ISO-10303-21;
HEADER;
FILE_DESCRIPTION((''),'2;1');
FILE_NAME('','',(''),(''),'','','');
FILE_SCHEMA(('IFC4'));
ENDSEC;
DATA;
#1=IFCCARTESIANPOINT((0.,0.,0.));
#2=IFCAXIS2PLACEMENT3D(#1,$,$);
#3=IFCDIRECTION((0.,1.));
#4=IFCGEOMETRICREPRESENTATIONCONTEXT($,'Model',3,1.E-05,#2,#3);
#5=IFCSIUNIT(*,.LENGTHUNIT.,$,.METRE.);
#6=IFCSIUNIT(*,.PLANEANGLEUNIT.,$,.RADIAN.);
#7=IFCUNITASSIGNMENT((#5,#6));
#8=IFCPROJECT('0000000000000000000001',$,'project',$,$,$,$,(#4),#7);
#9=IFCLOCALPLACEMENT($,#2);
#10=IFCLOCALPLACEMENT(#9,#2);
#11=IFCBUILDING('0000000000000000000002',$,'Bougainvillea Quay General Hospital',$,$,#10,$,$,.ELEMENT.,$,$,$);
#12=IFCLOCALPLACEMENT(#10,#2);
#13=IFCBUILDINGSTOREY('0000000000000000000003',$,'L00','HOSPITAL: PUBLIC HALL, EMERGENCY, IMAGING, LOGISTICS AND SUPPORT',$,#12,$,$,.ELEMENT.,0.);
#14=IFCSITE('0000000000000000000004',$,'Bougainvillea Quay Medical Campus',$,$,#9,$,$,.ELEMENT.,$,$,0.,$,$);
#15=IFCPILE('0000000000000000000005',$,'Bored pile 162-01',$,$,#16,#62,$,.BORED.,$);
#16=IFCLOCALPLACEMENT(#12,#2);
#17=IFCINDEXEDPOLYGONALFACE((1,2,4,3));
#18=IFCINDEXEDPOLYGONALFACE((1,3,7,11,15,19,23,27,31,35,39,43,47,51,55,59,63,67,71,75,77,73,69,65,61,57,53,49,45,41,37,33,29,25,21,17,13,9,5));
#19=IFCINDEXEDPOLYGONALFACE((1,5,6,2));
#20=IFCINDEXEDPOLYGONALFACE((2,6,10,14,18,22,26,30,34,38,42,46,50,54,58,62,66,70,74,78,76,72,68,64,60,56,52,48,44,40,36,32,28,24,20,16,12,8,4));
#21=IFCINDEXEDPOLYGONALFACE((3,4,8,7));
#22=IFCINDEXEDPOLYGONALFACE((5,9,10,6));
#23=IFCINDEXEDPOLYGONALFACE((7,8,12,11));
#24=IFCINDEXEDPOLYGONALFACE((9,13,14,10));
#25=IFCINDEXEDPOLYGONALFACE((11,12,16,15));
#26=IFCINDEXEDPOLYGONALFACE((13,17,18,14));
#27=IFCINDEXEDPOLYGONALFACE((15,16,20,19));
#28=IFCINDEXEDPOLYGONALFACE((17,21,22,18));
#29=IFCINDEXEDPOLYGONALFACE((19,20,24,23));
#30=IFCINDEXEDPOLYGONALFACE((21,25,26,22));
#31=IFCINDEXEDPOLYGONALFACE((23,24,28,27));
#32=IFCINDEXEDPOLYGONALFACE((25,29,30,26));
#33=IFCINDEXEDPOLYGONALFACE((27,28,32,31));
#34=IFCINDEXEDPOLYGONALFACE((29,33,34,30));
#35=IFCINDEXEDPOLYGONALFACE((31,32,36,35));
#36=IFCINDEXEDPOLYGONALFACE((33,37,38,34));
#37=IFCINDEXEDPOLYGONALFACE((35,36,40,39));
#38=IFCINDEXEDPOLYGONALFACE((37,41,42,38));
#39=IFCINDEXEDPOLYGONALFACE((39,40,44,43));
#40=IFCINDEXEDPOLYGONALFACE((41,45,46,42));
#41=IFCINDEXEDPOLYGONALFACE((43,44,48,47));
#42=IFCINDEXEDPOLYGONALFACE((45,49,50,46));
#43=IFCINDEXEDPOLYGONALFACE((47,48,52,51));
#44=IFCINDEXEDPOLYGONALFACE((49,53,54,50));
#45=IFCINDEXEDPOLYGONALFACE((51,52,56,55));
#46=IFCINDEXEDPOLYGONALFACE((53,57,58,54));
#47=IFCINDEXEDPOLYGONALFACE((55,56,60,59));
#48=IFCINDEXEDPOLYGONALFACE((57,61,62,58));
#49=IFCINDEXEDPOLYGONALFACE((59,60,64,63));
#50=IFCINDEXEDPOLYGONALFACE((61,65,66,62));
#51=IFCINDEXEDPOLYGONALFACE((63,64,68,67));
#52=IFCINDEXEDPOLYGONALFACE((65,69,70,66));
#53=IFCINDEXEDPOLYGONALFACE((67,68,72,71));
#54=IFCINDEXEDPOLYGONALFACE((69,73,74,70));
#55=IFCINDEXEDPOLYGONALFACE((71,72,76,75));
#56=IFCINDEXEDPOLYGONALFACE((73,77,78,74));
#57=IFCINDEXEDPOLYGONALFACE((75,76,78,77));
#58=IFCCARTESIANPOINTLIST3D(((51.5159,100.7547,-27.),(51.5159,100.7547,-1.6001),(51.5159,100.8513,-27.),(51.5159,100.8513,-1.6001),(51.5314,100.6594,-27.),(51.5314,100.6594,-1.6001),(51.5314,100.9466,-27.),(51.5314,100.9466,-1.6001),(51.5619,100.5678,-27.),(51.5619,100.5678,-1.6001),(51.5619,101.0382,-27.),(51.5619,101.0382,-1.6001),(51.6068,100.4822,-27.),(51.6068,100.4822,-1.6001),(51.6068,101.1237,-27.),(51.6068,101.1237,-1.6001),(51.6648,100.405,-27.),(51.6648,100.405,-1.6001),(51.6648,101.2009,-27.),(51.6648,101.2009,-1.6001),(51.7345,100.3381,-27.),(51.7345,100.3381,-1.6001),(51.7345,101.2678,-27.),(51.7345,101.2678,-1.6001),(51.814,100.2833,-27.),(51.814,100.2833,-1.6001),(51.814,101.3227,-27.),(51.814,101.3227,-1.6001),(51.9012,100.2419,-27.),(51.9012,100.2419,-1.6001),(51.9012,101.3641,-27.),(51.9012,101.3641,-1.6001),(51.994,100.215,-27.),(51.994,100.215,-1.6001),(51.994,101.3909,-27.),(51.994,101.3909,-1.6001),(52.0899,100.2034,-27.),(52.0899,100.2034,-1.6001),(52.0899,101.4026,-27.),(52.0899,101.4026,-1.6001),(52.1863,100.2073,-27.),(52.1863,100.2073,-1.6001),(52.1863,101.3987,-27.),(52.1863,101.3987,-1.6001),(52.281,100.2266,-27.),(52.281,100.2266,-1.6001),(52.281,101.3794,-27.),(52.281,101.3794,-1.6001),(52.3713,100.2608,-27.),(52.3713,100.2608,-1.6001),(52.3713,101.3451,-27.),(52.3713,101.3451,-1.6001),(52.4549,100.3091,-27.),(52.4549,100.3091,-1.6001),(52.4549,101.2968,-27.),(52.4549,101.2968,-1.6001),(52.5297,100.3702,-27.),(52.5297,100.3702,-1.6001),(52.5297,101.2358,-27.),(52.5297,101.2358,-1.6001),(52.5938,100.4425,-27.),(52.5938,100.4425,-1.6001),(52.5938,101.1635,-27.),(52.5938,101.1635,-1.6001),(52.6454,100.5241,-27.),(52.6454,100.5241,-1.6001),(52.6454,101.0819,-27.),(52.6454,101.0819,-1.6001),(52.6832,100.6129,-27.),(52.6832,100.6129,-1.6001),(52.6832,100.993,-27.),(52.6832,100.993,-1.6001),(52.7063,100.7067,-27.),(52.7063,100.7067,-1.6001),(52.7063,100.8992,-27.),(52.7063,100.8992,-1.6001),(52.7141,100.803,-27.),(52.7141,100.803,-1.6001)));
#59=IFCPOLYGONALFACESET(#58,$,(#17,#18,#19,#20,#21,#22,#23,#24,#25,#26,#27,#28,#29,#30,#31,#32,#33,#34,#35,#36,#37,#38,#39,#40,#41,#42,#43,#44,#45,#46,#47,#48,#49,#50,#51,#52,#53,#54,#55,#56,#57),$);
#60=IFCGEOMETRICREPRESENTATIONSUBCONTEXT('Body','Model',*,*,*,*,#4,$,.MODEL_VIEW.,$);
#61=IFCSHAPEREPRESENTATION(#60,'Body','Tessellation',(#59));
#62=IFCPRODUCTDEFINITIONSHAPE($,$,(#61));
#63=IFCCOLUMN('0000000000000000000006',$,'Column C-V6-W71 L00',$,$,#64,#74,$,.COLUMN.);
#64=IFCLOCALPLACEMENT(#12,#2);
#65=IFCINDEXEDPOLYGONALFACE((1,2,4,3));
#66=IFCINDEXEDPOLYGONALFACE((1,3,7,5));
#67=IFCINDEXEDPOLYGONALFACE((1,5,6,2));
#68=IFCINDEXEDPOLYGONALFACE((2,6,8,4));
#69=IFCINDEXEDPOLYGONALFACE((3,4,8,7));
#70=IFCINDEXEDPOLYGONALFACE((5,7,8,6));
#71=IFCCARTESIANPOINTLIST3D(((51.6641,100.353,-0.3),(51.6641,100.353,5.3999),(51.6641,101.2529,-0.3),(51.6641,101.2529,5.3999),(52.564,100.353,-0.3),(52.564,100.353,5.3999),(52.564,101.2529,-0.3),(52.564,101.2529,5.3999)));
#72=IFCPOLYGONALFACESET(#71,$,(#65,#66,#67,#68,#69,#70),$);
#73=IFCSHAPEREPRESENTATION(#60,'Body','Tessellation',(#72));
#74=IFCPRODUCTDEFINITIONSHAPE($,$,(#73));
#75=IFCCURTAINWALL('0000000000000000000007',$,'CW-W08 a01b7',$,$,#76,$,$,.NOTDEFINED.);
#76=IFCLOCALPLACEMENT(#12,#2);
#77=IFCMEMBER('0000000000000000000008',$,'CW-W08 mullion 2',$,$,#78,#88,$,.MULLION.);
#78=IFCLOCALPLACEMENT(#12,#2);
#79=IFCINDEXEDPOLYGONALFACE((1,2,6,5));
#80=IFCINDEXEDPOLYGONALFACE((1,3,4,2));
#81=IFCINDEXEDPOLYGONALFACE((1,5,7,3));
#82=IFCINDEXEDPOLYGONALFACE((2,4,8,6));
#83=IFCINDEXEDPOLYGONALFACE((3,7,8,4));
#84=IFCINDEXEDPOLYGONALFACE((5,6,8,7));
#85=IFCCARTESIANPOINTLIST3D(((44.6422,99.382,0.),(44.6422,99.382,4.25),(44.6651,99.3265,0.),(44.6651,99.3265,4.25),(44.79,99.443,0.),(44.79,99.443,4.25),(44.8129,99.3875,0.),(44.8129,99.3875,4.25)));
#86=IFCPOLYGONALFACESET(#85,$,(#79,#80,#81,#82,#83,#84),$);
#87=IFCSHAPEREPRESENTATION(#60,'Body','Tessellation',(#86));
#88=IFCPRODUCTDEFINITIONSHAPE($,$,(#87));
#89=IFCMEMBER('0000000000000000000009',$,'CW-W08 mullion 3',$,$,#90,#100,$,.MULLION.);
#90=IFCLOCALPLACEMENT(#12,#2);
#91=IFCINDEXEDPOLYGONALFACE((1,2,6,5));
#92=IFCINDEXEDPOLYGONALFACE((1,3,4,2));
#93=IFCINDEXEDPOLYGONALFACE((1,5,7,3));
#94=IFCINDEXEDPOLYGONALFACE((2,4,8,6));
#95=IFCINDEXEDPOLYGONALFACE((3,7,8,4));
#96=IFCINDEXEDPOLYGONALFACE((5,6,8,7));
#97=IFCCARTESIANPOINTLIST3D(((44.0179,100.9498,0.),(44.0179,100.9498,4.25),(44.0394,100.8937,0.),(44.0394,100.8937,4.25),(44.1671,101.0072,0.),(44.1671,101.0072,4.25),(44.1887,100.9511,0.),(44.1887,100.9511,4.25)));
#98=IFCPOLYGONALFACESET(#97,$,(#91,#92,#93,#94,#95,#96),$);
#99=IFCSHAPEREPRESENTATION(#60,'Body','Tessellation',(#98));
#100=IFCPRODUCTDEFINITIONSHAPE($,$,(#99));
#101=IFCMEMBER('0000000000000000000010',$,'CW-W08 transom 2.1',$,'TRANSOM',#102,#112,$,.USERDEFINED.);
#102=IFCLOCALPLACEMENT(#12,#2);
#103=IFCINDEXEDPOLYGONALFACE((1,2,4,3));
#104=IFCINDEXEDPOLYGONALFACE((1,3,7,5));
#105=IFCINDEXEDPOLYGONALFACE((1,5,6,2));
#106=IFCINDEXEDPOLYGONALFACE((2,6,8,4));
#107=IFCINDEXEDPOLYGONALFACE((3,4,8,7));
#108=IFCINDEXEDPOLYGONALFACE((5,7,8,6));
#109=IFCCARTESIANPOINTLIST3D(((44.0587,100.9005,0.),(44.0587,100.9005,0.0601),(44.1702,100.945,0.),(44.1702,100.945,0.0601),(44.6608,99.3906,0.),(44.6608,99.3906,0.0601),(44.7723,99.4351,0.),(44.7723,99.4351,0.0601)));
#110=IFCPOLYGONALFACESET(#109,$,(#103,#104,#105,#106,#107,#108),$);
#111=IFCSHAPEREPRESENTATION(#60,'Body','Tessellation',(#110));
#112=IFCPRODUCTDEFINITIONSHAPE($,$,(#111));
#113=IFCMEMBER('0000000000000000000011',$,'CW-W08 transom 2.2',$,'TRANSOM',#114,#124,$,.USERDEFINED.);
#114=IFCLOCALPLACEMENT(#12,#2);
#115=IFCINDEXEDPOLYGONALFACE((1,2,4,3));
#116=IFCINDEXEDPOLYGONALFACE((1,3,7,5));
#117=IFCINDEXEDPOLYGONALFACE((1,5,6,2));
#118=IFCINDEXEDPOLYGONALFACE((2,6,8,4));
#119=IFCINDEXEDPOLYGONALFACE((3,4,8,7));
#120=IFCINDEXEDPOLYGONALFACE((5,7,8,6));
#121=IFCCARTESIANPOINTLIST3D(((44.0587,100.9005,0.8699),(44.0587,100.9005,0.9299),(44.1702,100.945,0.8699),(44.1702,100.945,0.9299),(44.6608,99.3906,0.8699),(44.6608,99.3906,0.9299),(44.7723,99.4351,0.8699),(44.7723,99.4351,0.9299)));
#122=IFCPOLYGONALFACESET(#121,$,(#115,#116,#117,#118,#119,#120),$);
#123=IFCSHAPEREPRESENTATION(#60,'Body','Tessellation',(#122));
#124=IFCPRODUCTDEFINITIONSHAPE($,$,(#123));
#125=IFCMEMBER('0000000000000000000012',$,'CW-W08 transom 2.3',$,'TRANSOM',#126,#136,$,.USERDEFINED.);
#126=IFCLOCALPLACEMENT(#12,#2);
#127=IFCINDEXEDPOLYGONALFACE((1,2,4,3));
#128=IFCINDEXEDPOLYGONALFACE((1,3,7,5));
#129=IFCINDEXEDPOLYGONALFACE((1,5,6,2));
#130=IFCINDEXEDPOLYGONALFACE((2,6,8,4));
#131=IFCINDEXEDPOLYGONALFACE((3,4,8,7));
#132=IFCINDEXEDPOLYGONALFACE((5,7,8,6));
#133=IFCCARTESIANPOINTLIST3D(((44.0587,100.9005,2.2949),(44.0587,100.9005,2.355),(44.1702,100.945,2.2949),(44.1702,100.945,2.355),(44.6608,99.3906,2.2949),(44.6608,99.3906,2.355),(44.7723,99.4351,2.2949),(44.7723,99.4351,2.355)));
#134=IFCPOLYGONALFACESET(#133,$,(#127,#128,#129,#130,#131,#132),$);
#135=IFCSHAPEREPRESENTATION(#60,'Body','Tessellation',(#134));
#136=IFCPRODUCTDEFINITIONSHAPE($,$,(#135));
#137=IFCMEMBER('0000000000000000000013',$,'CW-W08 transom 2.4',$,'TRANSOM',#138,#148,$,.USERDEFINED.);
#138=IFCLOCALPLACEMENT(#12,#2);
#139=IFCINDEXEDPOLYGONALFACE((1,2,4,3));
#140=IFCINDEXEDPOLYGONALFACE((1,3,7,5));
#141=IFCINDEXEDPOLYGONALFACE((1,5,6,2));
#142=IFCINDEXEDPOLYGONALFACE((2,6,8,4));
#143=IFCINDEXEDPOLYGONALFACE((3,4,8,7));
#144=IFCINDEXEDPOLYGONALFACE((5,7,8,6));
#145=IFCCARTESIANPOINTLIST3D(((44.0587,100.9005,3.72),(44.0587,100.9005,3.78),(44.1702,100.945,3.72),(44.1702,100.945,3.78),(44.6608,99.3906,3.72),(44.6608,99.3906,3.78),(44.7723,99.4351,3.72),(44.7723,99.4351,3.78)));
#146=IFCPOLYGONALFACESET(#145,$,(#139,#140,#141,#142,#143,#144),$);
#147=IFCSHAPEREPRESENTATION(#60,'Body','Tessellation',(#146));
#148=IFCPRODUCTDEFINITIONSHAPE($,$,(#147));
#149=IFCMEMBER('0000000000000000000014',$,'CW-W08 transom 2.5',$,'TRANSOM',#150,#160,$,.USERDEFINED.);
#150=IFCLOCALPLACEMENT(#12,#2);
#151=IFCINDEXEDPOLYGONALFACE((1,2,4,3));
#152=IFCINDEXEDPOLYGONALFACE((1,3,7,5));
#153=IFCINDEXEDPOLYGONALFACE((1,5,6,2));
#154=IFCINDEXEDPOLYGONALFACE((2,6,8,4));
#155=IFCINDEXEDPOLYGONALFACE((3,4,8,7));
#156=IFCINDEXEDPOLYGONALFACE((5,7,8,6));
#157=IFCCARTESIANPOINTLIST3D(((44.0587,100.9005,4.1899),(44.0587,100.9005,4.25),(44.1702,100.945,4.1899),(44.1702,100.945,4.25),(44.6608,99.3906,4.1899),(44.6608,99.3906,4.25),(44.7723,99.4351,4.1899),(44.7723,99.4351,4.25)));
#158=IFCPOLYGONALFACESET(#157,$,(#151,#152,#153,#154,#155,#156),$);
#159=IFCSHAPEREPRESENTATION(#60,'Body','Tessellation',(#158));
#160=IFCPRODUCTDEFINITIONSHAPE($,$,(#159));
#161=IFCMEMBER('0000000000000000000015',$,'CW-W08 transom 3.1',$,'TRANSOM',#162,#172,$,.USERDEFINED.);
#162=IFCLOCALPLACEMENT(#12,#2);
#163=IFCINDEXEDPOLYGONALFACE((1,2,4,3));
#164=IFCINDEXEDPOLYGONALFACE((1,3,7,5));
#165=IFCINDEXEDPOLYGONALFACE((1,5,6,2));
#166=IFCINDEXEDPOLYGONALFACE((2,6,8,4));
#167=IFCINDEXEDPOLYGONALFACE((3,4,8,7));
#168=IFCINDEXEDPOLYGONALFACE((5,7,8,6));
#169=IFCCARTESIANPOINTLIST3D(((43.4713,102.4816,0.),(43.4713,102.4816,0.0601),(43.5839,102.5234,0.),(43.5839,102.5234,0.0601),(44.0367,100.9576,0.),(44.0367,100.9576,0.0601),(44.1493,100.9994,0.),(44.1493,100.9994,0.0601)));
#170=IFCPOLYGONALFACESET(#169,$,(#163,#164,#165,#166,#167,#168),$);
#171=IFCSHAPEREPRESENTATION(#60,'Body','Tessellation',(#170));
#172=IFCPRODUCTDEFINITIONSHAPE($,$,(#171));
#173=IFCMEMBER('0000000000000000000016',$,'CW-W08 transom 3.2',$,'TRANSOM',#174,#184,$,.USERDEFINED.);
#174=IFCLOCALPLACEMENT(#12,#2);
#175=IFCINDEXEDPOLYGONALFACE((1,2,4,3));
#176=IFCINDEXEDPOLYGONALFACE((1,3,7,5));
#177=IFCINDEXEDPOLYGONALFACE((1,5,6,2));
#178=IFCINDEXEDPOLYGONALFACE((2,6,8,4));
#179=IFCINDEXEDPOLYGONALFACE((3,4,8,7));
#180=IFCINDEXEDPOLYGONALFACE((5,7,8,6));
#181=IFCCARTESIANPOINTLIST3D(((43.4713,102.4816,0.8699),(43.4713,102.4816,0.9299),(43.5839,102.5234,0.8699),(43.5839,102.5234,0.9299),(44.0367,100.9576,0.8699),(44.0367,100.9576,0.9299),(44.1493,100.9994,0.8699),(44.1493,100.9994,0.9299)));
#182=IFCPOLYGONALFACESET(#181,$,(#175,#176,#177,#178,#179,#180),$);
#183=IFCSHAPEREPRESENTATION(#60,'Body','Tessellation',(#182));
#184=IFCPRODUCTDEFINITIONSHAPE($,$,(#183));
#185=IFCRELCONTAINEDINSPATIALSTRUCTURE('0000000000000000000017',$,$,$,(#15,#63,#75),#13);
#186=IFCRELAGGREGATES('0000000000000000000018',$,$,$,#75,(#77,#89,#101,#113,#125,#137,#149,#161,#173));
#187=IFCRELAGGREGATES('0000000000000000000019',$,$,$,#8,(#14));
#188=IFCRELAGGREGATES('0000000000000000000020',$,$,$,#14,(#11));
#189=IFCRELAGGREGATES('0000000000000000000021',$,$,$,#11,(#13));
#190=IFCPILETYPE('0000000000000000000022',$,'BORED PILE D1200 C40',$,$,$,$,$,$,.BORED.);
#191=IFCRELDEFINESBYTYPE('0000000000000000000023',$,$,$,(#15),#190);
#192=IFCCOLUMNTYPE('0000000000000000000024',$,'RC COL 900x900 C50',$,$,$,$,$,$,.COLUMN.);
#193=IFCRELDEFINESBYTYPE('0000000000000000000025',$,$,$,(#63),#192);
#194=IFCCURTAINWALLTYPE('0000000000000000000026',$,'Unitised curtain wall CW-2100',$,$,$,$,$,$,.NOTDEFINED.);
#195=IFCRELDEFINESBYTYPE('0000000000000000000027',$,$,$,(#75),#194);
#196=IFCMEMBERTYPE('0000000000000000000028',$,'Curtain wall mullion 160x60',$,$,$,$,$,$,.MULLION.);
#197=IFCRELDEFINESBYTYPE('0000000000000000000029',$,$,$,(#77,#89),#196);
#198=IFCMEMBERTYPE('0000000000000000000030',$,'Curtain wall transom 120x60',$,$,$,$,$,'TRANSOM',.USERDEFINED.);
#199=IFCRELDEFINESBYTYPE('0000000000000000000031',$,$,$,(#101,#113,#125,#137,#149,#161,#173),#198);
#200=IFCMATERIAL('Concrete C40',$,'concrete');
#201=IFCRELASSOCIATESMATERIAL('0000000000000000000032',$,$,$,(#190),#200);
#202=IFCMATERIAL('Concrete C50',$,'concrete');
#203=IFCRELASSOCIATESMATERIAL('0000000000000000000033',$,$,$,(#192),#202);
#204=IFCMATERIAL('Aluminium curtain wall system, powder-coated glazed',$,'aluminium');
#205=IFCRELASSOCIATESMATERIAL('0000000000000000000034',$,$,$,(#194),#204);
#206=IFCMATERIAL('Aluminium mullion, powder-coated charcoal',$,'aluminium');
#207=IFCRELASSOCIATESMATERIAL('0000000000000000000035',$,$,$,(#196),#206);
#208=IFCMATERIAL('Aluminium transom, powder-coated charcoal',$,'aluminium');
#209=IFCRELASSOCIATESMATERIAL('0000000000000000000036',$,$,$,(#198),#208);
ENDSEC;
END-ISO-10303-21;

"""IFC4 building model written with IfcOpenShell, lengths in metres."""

from ifc_helpers import new_model, si_unit, direction, frame, origin, origin_2d, place, context, subcontext, project, spatial, rectangle, circle, extrude, material, material_profile, profile_set, type_object, element, aggregate, save


model = new_model("IFC4")

# Units and contexts
model_context = context("Model", 3, precision=1e-05, world=origin(), true_north=direction((0.0, 1.0)))
body_context = subcontext(model_context, "Body", "Model", "MODEL_VIEW")
ifc_project = project(units=[si_unit("LENGTHUNIT", "METRE"), si_unit("PLANEANGLEUNIT", "RADIAN")], contexts=[model_context])

# Site, building, storey
site_placement = place(None, origin())
site = spatial("IfcSite", under=ifc_project, at=site_placement, Name="Bougainvillea Quay Medical Campus", CompositionType="ELEMENT", RefElevation=0.0)
building_placement = place(site_placement, origin())
building = spatial("IfcBuilding", under=site, at=building_placement, Name="Bougainvillea Quay General Hospital", CompositionType="ELEMENT")
storey_placement = place(building_placement, origin())
storey = spatial("IfcBuildingStorey", under=building, at=storey_placement, Name="L00", Description="HOSPITAL: PUBLIC HALL, EMERGENCY, IMAGING, LOGISTICS AND SUPPORT", CompositionType="ELEMENT", Elevation=0.0)

# Pile
ifc_material_1 = material(Name="Concrete C40", Category="concrete")
ifc_material_profile_1 = material_profile(ifc_material_1, circle(Radius=0.6001, at=origin_2d()))
ifc_profile_set_1 = profile_set([ifc_material_profile_1], Name="Concrete C40")
pile_type = type_object("IfcPileType", Name="BORED PILE D1200 C40", PredefinedType="BORED", material=ifc_profile_set_1)
pile_placement = place(storey_placement, frame((52.114, 100.803, -1.6001), z_axis=(0.0, 0.0, -1.0), x_axis=(1.0, 0.0, 0.0)))
element("IfcPile", 1, at=pile_placement, inside=storey, type_object=pile_type, Name="Bored pile 162-01", PredefinedType="BORED", context=body_context, shape_type="SweptSolid", body=[
    extrude(circle(Radius=0.6001, at=origin_2d()), origin(), (0.0, 0.0, 1.0), 25.3999),
])

# Column
ifc_material_2 = material(Name="Concrete C50", Category="concrete")
ifc_material_profile_2 = material_profile(ifc_material_2, rectangle(XDim=0.8999, YDim=0.8999, at=origin_2d()))
ifc_profile_set_2 = profile_set([ifc_material_profile_2], Name="Concrete C50")
column_type = type_object("IfcColumnType", Name="RC COL 900x900 C50", PredefinedType="COLUMN", material=ifc_profile_set_2)
column_placement = place(storey_placement, frame((52.114, 100.803, -0.3), z_axis=(0.0, 0.0, 1.0), x_axis=(1.0, 0.0, 0.0)))
element("IfcColumn", 2, at=column_placement, inside=storey, type_object=column_type, Name="Column C-V6-W71 L00", PredefinedType="COLUMN", context=body_context, shape_type="SweptSolid", body=[
    extrude(rectangle(XDim=0.8999, YDim=0.8999, at=origin_2d()), origin(), (0.0, 0.0, 1.0), 5.7),
])

# Curtain wall, members
ifc_material_3 = material(Name="Aluminium curtain wall system, powder-coated glazed", Category="aluminium")
curtain_wall_type = type_object("IfcCurtainWallType", Name="Unitised curtain wall CW-2100", PredefinedType="NOTDEFINED", material=ifc_material_3)
curtain_wall_placement = place(storey_placement, origin())
curtain_wall = element("IfcCurtainWall", 3, at=curtain_wall_placement, inside=storey, type_object=curtain_wall_type, Name="CW-W08 a01b7", PredefinedType="NOTDEFINED")
ifc_material_4 = material(Name="Aluminium mullion, powder-coated charcoal", Category="aluminium")
ifc_material_profile_3 = material_profile(ifc_material_4, rectangle(XDim=0.1599, YDim=0.0601, at=origin_2d()))
ifc_profile_set_3 = profile_set([ifc_material_profile_3], Name="Aluminium mullion, powder-coated charcoal")
member_type_1 = type_object("IfcMemberType", Name="Curtain wall mullion 160x60", PredefinedType="MULLION", material=ifc_profile_set_3)
member_1_placement = place(storey_placement, frame((44.7275, 99.3848, 0.0), z_axis=(0.0, 0.0, 1.0), x_axis=(-0.924336, -0.381579, 0.0)))
member_1 = element("IfcMember", 4, at=member_1_placement, type_object=member_type_1, Name="CW-W08 mullion 2", PredefinedType="MULLION", context=body_context, shape_type="SweptSolid", body=[
    extrude(rectangle(XDim=0.1599, YDim=0.0601, at=origin_2d()), origin(), (0.0, 0.0, 1.0), 4.25),
])
member_2_placement = place(storey_placement, frame((44.1033, 100.9504, 0.0), z_axis=(0.0, 0.0, 1.0), x_axis=(-0.933286, -0.359135, 0.0)))
member_2 = element("IfcMember", 5, at=member_2_placement, type_object=member_type_1, Name="CW-W08 mullion 3", PredefinedType="MULLION", context=body_context, shape_type="SweptSolid", body=[
    extrude(rectangle(XDim=0.1599, YDim=0.0601, at=origin_2d()), origin(), (0.0, 0.0, 1.0), 4.25),
])
ifc_material_5 = material(Name="Aluminium transom, powder-coated charcoal", Category="aluminium")
ifc_material_profile_4 = material_profile(ifc_material_5, rectangle(XDim=0.1201, YDim=0.0601, at=origin_2d()))
ifc_profile_set_4 = profile_set([ifc_material_profile_4], Name="Aluminium transom, powder-coated charcoal")
member_type_2 = type_object("IfcMemberType", Name="Curtain wall transom 120x60", ElementType="TRANSOM", PredefinedType="USERDEFINED", material=ifc_profile_set_4)
member_3_placement = place(storey_placement, frame((44.7166, 99.4128, 0.03), z_axis=(-0.370406, 0.92887, 0.0), x_axis=(-0.92887, -0.370406, 0.0)))
member_3 = element("IfcMember", 6, at=member_3_placement, type_object=member_type_2, Name="CW-W08 transom 2.1", ObjectType="TRANSOM", PredefinedType="USERDEFINED", context=body_context, shape_type="SweptSolid", body=[
    extrude(rectangle(XDim=0.1201, YDim=0.0601, at=origin_2d()), origin(), (0.0, 0.0, 1.0), 1.6255),
])
member_4_placement = place(storey_placement, frame((44.7166, 99.4128, 0.8999), z_axis=(-0.370406, 0.92887, 0.0), x_axis=(-0.92887, -0.370406, 0.0)))
member_4 = element("IfcMember", 7, at=member_4_placement, type_object=member_type_2, Name="CW-W08 transom 2.2", ObjectType="TRANSOM", PredefinedType="USERDEFINED", context=body_context, shape_type="SweptSolid", body=[
    extrude(rectangle(XDim=0.1201, YDim=0.0601, at=origin_2d()), origin(), (0.0, 0.0, 1.0), 1.6255),
])
member_5_placement = place(storey_placement, frame((44.7166, 99.4128, 2.325), z_axis=(-0.370406, 0.92887, 0.0), x_axis=(-0.92887, -0.370406, 0.0)))
member_5 = element("IfcMember", 8, at=member_5_placement, type_object=member_type_2, Name="CW-W08 transom 2.3", ObjectType="TRANSOM", PredefinedType="USERDEFINED", context=body_context, shape_type="SweptSolid", body=[
    extrude(rectangle(XDim=0.1201, YDim=0.0601, at=origin_2d()), origin(), (0.0, 0.0, 1.0), 1.6255),
])
member_6_placement = place(storey_placement, frame((44.7166, 99.4128, 3.75), z_axis=(-0.370406, 0.92887, 0.0), x_axis=(-0.92887, -0.370406, 0.0)))
member_6 = element("IfcMember", 9, at=member_6_placement, type_object=member_type_2, Name="CW-W08 transom 2.4", ObjectType="TRANSOM", PredefinedType="USERDEFINED", context=body_context, shape_type="SweptSolid", body=[
    extrude(rectangle(XDim=0.1201, YDim=0.0601, at=origin_2d()), origin(), (0.0, 0.0, 1.0), 1.6255),
])
member_7_placement = place(storey_placement, frame((44.7166, 99.4128, 4.22), z_axis=(-0.370406, 0.92887, 0.0), x_axis=(-0.92887, -0.370406, 0.0)))
member_7 = element("IfcMember", 10, at=member_7_placement, type_object=member_type_2, Name="CW-W08 transom 2.5", ObjectType="TRANSOM", PredefinedType="USERDEFINED", context=body_context, shape_type="SweptSolid", body=[
    extrude(rectangle(XDim=0.1201, YDim=0.0601, at=origin_2d()), origin(), (0.0, 0.0, 1.0), 1.6255),
])
member_8_placement = place(storey_placement, frame((44.093, 100.9785, 0.03), z_axis=(-0.347862, 0.937546, 0.0), x_axis=(-0.937546, -0.347862, 0.0)))
member_8 = element("IfcMember", 11, at=member_8_placement, type_object=member_type_2, Name="CW-W08 transom 3.1", ObjectType="TRANSOM", PredefinedType="USERDEFINED", context=body_context, shape_type="SweptSolid", body=[
    extrude(rectangle(XDim=0.1201, YDim=0.0601, at=origin_2d()), origin(), (0.0, 0.0, 1.0), 1.6255),
])
member_9_placement = place(storey_placement, frame((44.093, 100.9785, 0.8999), z_axis=(-0.347862, 0.937546, 0.0), x_axis=(-0.937546, -0.347862, 0.0)))
member_9 = element("IfcMember", 12, at=member_9_placement, type_object=member_type_2, Name="CW-W08 transom 3.2", ObjectType="TRANSOM", PredefinedType="USERDEFINED", context=body_context, shape_type="SweptSolid", body=[
    extrude(rectangle(XDim=0.1201, YDim=0.0601, at=origin_2d()), origin(), (0.0, 0.0, 1.0), 1.6255),
])
aggregate(curtain_wall, [member_1, member_2, member_3, member_4, member_5, member_6, member_7, member_8, member_9])

save(model, "model.ifc")
